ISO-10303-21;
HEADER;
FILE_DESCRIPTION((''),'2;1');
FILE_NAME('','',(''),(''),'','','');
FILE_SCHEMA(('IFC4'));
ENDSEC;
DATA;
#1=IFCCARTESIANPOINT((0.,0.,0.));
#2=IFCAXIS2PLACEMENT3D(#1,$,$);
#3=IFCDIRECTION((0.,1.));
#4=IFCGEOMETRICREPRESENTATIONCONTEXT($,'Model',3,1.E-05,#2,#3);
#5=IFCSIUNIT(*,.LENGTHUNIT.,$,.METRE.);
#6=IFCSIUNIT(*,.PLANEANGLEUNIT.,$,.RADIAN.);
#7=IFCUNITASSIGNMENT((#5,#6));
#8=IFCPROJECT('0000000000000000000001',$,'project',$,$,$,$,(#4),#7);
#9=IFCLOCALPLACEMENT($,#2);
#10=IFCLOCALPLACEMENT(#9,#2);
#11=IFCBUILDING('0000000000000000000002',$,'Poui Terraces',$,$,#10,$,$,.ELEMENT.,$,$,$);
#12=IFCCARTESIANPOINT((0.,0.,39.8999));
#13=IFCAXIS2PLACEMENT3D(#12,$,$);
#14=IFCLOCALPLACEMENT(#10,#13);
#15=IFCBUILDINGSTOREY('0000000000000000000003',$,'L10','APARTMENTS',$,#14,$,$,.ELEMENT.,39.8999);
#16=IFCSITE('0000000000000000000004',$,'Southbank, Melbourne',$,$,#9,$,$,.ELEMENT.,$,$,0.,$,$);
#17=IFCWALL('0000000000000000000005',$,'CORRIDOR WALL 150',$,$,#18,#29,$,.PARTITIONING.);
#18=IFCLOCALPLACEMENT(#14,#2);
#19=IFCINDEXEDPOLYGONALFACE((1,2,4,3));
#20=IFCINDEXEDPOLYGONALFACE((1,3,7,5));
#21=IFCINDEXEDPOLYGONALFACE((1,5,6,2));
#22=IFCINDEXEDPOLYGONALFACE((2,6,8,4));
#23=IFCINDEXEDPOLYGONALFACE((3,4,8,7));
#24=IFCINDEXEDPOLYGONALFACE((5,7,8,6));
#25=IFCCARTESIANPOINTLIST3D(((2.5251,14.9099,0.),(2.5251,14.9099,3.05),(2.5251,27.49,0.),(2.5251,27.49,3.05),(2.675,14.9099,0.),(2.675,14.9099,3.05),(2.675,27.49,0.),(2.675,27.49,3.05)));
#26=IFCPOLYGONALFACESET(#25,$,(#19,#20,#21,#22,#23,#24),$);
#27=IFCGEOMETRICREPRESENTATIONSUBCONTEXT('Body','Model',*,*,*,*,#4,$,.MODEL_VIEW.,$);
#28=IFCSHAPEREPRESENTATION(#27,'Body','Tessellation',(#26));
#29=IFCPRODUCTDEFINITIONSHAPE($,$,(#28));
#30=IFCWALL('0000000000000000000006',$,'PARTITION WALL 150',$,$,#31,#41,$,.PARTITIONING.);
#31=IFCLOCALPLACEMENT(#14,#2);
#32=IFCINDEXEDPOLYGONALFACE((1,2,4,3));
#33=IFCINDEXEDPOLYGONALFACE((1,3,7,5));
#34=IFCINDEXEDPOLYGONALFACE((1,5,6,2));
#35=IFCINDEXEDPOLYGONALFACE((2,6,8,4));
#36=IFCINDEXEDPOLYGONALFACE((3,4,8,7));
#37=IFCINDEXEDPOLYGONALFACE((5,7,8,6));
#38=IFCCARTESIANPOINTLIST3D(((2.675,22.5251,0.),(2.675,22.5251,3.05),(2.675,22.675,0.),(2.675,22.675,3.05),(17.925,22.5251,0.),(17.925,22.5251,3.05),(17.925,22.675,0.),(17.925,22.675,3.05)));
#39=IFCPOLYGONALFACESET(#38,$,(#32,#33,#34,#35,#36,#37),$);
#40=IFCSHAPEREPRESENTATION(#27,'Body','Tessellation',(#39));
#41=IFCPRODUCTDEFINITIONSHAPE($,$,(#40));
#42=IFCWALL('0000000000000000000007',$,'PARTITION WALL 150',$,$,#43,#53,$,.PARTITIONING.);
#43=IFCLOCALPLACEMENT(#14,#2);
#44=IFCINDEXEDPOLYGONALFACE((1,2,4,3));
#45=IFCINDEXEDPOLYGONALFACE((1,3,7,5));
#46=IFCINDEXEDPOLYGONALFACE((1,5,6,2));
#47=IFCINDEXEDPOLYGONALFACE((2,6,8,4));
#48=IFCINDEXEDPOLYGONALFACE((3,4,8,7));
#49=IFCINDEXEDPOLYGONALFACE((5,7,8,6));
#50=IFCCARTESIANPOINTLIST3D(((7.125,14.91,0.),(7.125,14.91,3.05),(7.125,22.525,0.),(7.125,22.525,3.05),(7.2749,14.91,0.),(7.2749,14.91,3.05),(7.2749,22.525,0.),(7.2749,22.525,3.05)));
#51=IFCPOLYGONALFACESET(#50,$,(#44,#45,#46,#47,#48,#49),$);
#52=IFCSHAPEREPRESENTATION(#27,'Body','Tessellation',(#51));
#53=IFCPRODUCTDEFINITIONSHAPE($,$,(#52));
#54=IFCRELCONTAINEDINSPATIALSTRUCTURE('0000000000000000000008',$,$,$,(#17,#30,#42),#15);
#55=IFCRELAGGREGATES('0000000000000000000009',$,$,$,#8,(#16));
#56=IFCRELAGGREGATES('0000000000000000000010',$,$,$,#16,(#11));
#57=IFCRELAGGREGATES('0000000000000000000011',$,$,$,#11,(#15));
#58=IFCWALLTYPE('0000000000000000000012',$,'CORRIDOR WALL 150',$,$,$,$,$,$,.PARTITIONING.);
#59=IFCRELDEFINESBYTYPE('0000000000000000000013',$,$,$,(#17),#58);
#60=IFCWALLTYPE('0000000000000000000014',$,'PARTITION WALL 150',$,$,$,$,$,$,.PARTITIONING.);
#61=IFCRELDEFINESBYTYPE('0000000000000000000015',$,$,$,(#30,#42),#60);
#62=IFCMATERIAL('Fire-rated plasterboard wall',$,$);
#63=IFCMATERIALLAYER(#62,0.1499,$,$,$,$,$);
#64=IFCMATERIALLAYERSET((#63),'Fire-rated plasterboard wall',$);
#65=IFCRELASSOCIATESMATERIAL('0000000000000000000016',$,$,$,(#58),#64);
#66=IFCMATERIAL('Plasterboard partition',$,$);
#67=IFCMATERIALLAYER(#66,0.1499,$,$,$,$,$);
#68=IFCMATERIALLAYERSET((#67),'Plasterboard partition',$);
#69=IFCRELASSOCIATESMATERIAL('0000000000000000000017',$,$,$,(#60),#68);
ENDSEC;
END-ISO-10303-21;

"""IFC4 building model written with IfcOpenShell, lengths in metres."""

from ifc_helpers import new_model, si_unit, direction, frame, frame_2d, origin, place, context, subcontext, project, spatial, rectangle, extrude, material, layer, layer_set, type_object, element, save


model = new_model("IFC4")

# Units and contexts
model_context = context("Model", 3, precision=1e-05, world=origin(), true_north=direction((0.0, 1.0)))
body_context = subcontext(model_context, "Body", "Model", "MODEL_VIEW")
ifc_project = project(units=[si_unit("LENGTHUNIT", "METRE"), si_unit("PLANEANGLEUNIT", "RADIAN")], contexts=[model_context])

# Site, building, storey
site_placement = place(None, origin())
site = spatial("IfcSite", under=ifc_project, at=site_placement, Name="Southbank, Melbourne", CompositionType="ELEMENT", RefElevation=0.0)
building_placement = place(site_placement, origin())
building = spatial("IfcBuilding", under=site, at=building_placement, Name="Poui Terraces", CompositionType="ELEMENT")
storey_placement = place(building_placement, frame((0.0, 0.0, 39.8999)))
storey = spatial("IfcBuildingStorey", under=building, at=storey_placement, Name="L10", Description="APARTMENTS", CompositionType="ELEMENT", Elevation=39.8999)

# Walls
ifc_material_1 = material(Name="Fire-rated plasterboard wall")
ifc_layer_1 = layer(ifc_material_1, 0.1499)
ifc_layer_set_1 = layer_set([ifc_layer_1], Name="Fire-rated plasterboard wall")
wall_type_1 = type_object("IfcWallType", Name="CORRIDOR WALL 150", PredefinedType="PARTITIONING", material=ifc_layer_set_1)
wall_1_placement = place(storey_placement, frame((2.6001, 14.9099, 0.0), z_axis=(0.0, 0.0, 1.0), x_axis=(0.0, 1.0, 0.0)))
element("IfcWall", 1, at=wall_1_placement, inside=storey, type_object=wall_type_1, Name="CORRIDOR WALL 150", PredefinedType="PARTITIONING", context=body_context, shape_type="SweptSolid", body=[
    extrude(rectangle(XDim=12.5801, YDim=0.1499, at=frame_2d((6.29, 0.0))), origin(), (0.0, 0.0, 1.0), 3.05),
])
ifc_material_2 = material(Name="Plasterboard partition")
ifc_layer_2 = layer(ifc_material_2, 0.1499)
ifc_layer_set_2 = layer_set([ifc_layer_2], Name="Plasterboard partition")
wall_type_2 = type_object("IfcWallType", Name="PARTITION WALL 150", PredefinedType="PARTITIONING", material=ifc_layer_set_2)
wall_2_placement = place(storey_placement, frame((2.675, 22.6001, 0.0), z_axis=(0.0, 0.0, 1.0), x_axis=(1.0, 0.0, 0.0)))
element("IfcWall", 2, at=wall_2_placement, inside=storey, type_object=wall_type_2, Name="PARTITION WALL 150", PredefinedType="PARTITIONING", context=body_context, shape_type="SweptSolid", body=[
    extrude(rectangle(XDim=15.25, YDim=0.1499, at=frame_2d((7.625, 0.0))), origin(), (0.0, 0.0, 1.0), 3.05),
])
wall_3_placement = place(storey_placement, frame((7.2, 14.9099, 0.0), z_axis=(0.0, 0.0, 1.0), x_axis=(0.0, 1.0, 0.0)))
element("IfcWall", 3, at=wall_3_placement, inside=storey, type_object=wall_type_2, Name="PARTITION WALL 150", PredefinedType="PARTITIONING", context=body_context, shape_type="SweptSolid", body=[
    extrude(rectangle(XDim=7.615, YDim=0.1499, at=frame_2d((3.8076, 0.0))), origin(), (0.0, 0.0, 1.0), 3.05),
])

save(model, "model.ifc")
